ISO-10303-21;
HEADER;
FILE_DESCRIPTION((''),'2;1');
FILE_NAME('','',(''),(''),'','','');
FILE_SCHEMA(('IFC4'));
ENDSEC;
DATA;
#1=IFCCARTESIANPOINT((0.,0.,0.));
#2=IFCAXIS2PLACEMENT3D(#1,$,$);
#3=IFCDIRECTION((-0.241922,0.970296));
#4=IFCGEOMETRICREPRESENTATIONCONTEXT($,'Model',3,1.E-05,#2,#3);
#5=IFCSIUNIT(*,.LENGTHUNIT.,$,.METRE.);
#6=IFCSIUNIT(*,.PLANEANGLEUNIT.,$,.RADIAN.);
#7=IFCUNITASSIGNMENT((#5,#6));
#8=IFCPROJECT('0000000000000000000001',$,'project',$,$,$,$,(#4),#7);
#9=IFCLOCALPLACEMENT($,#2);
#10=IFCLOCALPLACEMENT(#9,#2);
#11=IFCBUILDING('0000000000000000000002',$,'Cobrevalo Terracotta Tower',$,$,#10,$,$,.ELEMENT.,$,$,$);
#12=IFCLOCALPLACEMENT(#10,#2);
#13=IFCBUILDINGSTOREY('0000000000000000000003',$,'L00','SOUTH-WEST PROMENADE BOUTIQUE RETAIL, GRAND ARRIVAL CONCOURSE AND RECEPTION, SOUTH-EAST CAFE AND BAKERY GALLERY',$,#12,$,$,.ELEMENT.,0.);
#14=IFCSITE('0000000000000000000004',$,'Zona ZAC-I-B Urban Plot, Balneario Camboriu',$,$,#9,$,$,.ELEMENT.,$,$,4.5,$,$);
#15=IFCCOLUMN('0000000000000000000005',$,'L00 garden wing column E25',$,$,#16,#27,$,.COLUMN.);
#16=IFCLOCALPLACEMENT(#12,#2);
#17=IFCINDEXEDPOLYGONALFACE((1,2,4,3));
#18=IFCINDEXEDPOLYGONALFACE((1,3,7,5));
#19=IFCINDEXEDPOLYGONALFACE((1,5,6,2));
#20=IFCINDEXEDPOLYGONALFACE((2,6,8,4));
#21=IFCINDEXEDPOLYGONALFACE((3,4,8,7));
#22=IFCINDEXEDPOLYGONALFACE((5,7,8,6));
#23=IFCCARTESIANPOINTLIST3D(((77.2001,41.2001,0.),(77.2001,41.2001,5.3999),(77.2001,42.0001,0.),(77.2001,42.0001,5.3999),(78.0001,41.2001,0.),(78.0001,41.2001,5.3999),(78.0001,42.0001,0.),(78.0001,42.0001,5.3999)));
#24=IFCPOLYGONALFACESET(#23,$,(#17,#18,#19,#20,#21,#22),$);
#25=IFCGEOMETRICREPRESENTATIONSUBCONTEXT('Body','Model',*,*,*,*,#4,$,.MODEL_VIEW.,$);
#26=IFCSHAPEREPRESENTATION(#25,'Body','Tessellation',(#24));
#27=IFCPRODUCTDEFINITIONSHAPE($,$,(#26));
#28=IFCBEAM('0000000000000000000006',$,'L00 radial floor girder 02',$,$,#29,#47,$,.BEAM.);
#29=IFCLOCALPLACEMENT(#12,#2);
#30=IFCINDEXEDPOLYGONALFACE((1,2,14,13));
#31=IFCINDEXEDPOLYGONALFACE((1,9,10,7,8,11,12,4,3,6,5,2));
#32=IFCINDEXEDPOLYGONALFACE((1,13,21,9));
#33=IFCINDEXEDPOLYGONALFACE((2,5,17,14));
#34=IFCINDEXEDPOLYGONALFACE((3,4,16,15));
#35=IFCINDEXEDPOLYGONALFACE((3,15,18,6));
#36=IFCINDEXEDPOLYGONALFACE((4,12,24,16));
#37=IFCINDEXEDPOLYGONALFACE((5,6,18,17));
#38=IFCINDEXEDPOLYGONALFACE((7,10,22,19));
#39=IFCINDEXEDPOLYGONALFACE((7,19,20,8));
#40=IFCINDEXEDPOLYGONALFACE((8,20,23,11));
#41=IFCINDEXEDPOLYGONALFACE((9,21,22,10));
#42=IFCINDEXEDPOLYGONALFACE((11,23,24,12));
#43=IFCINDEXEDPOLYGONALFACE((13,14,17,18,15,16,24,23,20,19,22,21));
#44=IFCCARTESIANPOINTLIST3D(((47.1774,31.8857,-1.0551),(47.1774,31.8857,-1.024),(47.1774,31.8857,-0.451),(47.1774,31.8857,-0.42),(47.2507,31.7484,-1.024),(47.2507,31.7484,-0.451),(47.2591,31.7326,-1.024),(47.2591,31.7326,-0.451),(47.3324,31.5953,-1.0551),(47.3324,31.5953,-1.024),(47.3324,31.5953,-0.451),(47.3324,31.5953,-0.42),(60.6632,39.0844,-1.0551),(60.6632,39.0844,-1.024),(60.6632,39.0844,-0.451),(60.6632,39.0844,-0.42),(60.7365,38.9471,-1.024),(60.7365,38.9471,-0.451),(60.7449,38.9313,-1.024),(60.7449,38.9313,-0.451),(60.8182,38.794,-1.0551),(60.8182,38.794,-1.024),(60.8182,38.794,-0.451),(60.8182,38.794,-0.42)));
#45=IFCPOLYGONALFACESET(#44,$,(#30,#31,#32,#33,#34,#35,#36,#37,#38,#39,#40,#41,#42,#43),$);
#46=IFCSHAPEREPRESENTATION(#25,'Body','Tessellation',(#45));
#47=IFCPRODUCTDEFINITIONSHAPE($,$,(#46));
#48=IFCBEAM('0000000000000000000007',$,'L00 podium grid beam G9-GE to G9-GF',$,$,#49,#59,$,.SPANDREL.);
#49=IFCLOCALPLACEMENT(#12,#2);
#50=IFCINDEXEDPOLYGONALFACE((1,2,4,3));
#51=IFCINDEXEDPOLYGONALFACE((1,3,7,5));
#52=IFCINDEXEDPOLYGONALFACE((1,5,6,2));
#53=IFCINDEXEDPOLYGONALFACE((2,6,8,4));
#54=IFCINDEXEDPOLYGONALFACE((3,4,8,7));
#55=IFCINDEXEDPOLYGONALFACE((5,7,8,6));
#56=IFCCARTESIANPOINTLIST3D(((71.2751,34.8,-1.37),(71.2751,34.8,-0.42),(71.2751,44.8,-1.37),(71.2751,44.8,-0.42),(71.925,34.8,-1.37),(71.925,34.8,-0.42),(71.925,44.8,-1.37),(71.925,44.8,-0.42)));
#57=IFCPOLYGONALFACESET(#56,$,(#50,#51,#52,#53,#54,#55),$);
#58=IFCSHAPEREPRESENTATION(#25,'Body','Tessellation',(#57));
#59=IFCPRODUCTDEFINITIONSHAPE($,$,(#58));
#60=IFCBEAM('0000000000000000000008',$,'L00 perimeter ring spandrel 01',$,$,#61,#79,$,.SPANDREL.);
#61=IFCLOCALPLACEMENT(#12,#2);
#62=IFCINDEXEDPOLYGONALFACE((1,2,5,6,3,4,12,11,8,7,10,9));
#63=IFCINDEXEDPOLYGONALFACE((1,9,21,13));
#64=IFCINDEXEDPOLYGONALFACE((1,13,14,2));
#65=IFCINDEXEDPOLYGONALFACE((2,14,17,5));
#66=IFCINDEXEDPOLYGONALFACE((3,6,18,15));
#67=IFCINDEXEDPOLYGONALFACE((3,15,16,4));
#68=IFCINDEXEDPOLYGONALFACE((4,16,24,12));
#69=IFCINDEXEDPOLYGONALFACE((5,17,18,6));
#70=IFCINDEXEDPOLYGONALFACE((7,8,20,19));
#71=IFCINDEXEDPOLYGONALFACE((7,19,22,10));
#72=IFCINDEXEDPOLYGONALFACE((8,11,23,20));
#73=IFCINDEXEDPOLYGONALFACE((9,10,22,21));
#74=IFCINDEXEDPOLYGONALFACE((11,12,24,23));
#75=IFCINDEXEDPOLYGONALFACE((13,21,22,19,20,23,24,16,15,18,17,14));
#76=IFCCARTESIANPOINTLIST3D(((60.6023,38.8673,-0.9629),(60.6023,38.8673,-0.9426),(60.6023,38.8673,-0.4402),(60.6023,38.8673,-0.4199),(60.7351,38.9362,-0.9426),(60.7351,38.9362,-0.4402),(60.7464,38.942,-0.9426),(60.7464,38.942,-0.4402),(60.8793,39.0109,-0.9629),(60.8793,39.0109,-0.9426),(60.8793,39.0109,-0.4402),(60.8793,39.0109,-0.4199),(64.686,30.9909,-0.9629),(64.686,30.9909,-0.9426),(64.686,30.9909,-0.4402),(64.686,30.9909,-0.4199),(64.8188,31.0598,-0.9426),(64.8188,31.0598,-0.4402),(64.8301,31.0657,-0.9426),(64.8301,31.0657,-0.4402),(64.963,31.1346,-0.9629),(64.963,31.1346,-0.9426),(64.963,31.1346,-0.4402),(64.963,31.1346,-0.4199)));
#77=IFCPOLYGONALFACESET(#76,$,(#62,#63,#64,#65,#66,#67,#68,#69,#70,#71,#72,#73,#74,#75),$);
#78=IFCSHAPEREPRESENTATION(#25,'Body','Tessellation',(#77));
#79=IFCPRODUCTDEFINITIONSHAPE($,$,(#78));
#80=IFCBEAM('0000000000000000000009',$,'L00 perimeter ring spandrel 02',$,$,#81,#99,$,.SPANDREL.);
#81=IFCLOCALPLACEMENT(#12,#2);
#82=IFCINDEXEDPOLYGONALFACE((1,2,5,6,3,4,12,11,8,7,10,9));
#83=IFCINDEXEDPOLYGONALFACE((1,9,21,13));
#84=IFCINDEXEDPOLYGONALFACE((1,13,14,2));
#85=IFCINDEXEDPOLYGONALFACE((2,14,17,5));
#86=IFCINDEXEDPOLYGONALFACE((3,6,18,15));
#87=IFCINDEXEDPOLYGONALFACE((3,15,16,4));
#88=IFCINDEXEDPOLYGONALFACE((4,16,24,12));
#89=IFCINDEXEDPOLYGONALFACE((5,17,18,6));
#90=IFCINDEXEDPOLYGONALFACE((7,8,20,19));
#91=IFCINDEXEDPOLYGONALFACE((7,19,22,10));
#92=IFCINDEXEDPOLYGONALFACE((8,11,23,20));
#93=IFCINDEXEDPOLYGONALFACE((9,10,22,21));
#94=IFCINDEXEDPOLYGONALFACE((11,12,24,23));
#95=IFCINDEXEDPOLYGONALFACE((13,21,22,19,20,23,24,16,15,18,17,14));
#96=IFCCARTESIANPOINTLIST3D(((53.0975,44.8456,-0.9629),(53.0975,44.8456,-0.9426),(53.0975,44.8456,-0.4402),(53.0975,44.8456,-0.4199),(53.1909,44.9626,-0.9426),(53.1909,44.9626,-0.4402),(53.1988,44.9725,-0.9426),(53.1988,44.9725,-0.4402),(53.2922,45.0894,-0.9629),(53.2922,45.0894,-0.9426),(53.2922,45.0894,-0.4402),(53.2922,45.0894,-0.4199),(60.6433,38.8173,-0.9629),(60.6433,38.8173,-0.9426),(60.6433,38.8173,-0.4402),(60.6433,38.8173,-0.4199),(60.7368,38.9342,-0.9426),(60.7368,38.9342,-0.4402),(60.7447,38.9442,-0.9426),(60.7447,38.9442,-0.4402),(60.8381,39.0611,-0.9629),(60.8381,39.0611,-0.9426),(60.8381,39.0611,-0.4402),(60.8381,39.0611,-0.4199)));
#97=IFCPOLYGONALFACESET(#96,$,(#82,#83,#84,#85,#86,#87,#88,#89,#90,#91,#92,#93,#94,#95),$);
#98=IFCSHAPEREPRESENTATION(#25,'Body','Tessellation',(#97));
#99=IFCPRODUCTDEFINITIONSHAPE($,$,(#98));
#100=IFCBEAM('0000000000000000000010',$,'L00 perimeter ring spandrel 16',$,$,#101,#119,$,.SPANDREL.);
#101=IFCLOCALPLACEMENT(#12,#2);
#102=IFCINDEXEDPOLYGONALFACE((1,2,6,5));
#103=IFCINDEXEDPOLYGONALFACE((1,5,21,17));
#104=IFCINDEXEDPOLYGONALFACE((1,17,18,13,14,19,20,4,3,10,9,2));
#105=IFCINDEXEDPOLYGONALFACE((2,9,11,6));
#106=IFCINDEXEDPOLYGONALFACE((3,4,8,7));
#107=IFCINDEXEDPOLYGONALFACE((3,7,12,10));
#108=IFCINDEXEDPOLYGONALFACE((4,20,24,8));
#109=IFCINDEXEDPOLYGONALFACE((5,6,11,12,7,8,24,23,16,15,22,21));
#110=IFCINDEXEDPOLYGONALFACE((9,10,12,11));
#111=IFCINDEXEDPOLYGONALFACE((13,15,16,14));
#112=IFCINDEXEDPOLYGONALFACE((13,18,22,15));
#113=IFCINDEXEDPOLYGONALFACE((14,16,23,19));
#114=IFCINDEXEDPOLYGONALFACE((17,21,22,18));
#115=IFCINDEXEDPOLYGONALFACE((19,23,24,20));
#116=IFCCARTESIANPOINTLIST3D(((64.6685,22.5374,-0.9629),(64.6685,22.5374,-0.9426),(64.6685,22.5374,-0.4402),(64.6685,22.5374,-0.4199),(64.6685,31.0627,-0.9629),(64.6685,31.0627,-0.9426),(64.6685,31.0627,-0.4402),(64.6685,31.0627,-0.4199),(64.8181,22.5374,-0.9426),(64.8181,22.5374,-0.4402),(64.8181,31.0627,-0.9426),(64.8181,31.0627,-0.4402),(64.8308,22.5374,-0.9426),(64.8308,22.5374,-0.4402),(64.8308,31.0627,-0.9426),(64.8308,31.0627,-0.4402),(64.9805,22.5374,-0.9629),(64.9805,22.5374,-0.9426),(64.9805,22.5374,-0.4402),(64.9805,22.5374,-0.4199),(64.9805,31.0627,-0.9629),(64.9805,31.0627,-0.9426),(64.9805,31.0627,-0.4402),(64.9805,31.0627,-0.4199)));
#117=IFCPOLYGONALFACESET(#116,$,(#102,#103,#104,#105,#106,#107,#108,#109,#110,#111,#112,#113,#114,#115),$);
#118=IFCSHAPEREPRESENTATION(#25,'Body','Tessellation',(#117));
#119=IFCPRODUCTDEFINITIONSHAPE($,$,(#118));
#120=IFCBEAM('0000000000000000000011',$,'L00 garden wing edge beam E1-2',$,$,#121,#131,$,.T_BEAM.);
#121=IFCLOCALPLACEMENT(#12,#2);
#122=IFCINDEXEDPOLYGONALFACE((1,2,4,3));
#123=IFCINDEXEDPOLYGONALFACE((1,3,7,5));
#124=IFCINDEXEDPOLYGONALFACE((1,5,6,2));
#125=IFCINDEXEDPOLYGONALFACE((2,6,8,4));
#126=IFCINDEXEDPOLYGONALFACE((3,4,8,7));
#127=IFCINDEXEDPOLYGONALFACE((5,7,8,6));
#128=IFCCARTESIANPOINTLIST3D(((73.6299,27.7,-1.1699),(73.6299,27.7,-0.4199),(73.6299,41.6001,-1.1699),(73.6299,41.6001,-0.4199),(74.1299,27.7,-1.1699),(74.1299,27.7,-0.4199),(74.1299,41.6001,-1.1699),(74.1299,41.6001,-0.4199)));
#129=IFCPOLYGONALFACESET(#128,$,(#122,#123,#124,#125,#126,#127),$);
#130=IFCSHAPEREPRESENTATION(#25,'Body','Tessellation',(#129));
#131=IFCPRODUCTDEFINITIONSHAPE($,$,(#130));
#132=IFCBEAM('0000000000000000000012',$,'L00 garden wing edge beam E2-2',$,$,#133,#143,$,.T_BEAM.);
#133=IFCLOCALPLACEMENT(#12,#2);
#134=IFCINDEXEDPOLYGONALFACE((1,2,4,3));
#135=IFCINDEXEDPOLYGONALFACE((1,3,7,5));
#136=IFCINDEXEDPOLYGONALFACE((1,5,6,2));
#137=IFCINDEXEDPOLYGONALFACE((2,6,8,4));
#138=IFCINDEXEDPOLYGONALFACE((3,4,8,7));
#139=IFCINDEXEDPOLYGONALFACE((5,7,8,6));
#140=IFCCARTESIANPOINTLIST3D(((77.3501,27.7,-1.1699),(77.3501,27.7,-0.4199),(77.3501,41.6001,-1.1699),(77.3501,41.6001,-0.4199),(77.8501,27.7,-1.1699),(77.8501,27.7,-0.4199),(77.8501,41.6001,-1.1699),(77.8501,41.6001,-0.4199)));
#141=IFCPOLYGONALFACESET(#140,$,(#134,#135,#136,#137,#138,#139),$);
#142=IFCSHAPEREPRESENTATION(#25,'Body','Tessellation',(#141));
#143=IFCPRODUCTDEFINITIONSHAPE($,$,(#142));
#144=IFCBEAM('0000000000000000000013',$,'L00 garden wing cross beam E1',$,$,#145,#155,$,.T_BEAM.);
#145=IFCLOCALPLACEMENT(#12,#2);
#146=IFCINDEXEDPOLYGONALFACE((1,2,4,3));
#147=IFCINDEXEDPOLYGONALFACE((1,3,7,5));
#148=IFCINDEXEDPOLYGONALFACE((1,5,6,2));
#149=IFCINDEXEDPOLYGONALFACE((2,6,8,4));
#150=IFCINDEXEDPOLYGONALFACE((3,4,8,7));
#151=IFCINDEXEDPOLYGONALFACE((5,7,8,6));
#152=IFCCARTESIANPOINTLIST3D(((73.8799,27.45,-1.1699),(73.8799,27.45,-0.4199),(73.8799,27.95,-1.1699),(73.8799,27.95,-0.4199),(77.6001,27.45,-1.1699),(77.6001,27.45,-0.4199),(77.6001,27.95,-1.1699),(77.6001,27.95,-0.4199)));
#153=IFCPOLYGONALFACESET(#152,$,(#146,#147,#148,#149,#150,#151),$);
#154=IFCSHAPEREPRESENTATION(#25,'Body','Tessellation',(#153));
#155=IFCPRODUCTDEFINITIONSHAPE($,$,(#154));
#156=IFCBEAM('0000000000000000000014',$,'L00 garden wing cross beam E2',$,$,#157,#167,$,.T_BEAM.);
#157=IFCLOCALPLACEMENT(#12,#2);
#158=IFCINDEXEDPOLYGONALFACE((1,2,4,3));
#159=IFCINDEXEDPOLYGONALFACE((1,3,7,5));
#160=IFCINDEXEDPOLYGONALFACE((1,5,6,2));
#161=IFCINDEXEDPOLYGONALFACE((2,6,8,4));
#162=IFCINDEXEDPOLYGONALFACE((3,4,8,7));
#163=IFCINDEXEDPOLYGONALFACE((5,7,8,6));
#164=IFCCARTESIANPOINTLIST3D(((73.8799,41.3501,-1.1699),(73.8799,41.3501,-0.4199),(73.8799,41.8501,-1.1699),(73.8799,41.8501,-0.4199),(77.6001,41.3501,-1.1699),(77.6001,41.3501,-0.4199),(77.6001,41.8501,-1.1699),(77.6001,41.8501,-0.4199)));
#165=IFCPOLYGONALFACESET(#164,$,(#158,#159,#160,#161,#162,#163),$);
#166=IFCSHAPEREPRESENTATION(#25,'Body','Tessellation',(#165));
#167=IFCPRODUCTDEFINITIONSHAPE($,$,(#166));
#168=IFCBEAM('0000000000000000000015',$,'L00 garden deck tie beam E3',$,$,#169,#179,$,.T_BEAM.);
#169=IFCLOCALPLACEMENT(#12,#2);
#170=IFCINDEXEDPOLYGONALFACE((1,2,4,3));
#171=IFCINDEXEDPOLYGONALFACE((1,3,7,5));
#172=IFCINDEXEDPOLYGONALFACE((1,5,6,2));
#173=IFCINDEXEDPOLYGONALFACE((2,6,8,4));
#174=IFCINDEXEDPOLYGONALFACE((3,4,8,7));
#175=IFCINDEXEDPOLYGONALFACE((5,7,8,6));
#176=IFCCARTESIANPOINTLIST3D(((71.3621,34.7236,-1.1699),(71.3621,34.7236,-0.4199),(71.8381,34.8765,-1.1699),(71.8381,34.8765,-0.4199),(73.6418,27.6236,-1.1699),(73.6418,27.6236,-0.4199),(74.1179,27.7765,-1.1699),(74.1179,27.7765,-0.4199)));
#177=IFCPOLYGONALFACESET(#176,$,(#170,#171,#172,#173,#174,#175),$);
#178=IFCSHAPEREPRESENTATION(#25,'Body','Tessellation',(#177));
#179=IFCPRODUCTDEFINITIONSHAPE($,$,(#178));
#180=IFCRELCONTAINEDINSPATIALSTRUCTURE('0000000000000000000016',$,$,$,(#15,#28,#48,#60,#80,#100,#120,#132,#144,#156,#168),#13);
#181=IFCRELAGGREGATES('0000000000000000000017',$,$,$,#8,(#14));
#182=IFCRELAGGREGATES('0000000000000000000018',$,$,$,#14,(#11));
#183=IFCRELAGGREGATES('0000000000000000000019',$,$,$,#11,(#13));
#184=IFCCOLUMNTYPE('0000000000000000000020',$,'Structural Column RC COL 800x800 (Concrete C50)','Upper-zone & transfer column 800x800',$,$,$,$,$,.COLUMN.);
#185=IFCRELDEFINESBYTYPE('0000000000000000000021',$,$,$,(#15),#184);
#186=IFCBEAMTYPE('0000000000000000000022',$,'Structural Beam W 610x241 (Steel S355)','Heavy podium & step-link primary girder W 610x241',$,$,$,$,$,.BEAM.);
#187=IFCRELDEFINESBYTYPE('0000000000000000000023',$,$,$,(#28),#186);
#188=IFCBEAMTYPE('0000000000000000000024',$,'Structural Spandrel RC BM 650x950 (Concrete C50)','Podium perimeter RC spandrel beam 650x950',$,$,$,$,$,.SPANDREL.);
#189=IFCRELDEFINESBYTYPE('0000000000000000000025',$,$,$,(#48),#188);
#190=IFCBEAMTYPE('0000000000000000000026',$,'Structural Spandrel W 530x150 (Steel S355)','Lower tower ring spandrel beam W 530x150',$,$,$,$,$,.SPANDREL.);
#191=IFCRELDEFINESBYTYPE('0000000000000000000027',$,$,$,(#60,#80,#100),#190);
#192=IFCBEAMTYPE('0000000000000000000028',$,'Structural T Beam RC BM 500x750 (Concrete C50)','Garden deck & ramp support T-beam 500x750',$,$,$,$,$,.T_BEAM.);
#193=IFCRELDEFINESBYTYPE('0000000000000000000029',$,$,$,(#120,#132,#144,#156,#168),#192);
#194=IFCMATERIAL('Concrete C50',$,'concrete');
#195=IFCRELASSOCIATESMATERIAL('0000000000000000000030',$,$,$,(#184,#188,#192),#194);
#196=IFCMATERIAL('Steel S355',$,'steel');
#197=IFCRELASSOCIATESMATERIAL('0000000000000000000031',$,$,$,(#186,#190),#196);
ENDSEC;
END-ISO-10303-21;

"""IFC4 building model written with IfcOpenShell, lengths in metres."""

from ifc_helpers import new_model, si_unit, direction, frame, origin, origin_2d, place, context, subcontext, project, spatial, rectangle, i_section, extrude, material, material_profile, profile_set, type_object, element, save


model = new_model("IFC4")

# Units and contexts
model_context = context("Model", 3, precision=1e-05, world=origin(), true_north=direction((-0.241922, 0.970296)))
body_context = subcontext(model_context, "Body", "Model", "MODEL_VIEW")
ifc_project = project(units=[si_unit("LENGTHUNIT", "METRE"), si_unit("PLANEANGLEUNIT", "RADIAN")], contexts=[model_context])

# Site, building, storey
site_placement = place(None, origin())
site = spatial("IfcSite", under=ifc_project, at=site_placement, Name="Zona ZAC-I-B Urban Plot, Balneario Camboriu", CompositionType="ELEMENT", RefElevation=4.5)
building_placement = place(site_placement, origin())
building = spatial("IfcBuilding", under=site, at=building_placement, Name="Cobrevalo Terracotta Tower", CompositionType="ELEMENT")
storey_placement = place(building_placement, origin())
storey = spatial("IfcBuildingStorey", under=building, at=storey_placement, Name="L00", Description="SOUTH-WEST PROMENADE BOUTIQUE RETAIL, GRAND ARRIVAL CONCOURSE AND RECEPTION, SOUTH-EAST CAFE AND BAKERY GALLERY", CompositionType="ELEMENT", Elevation=0.0)

# Column
ifc_material_1 = material(Name="Steel S355", Category="steel")
ifc_material_2 = material(Name="Concrete C50", Category="concrete")
ifc_material_profile_1 = material_profile(ifc_material_2, rectangle(XDim=0.8, YDim=0.8, at=origin_2d()), Name="RC COL 800x800")
ifc_profile_set_1 = profile_set([ifc_material_profile_1], Name="Concrete C50")
column_type_1 = type_object("IfcColumnType", Name="Structural Column RC COL 800x800 (Concrete C50)", Description="Upper-zone & transfer column 800x800", PredefinedType="COLUMN", material=ifc_profile_set_1)
for number, where, z_axis, x_axis, name in (
    (1, (77.6001, 41.6001, 0.0), (0.0, 0.0, 1.0), (1.0, 0.0, 0.0), "L00 garden wing column E25"),
):
    element("IfcColumn", number, at=place(storey_placement, frame(where, z_axis=z_axis, x_axis=x_axis)), inside=storey, type_object=column_type_1, Name=name, PredefinedType="COLUMN", context=body_context, shape_type="SweptSolid", body=[
        extrude(rectangle(XDim=0.8, YDim=0.8, at=origin_2d()), origin(), (0.0, 0.0, 1.0), 5.3999),
    ])

# Beams
ifc_material_profile_2 = material_profile(ifc_material_1, i_section(OverallWidth=0.3291, OverallDepth=0.635, WebThickness=0.0178, FlangeThickness=0.031, at=origin_2d()), Name="W 610x241")
ifc_profile_set_2 = profile_set([ifc_material_profile_2], Name="Steel S355")
beam_type_1 = type_object("IfcBeamType", Name="Structural Beam W 610x241 (Steel S355)", Description="Heavy podium & step-link primary girder W 610x241", PredefinedType="BEAM", material=ifc_profile_set_2)
beam_1_placement = place(storey_placement, frame((60.7407, 38.9392, -0.7375), z_axis=(-0.882182, -0.470908, 0.0), x_axis=(0.470908, -0.882182, 0.0)))
element("IfcBeam", 2, at=beam_1_placement, inside=storey, type_object=beam_type_1, Name="L00 radial floor girder 02", PredefinedType="BEAM", context=body_context, shape_type="SweptSolid", body=[
    extrude(i_section(OverallWidth=0.3291, OverallDepth=0.635, WebThickness=0.0178, FlangeThickness=0.031, at=origin_2d()), origin(), (0.0, 0.0, 1.0), 15.2869),
])
ifc_material_profile_3 = material_profile(ifc_material_2, rectangle(XDim=0.6499, YDim=0.95, at=origin_2d()), Name="RC BM 650x950")
ifc_profile_set_3 = profile_set([ifc_material_profile_3], Name="Concrete C50")
beam_type_2 = type_object("IfcBeamType", Name="Structural Spandrel RC BM 650x950 (Concrete C50)", Description="Podium perimeter RC spandrel beam 650x950", PredefinedType="SPANDREL", material=ifc_profile_set_3)
beam_2_placement = place(storey_placement, frame((71.6001, 34.8, -0.895), z_axis=(0.0, 1.0, 0.0), x_axis=(-1.0, 0.0, 0.0)))
element("IfcBeam", 3, at=beam_2_placement, inside=storey, type_object=beam_type_2, Name="L00 podium grid beam G9-GE to G9-GF", PredefinedType="SPANDREL", context=body_context, shape_type="SweptSolid", body=[
    extrude(rectangle(XDim=0.6499, YDim=0.95, at=origin_2d()), origin(), (0.0, 0.0, 1.0), 10.0),
])
ifc_material_profile_4 = material_profile(ifc_material_1, i_section(OverallWidth=0.312, OverallDepth=0.543, WebThickness=0.0127, FlangeThickness=0.0203, at=origin_2d()), Name="W 530x150")
ifc_profile_set_4 = profile_set([ifc_material_profile_4], Name="Steel S355")
beam_type_3 = type_object("IfcBeamType", Name="Structural Spandrel W 530x150 (Steel S355)", Description="Lower tower ring spandrel beam W 530x150", PredefinedType="SPANDREL", material=ifc_profile_set_4)
beam_3_placement = place(storey_placement, frame((64.8245, 31.0627, -0.6914), z_axis=(-0.460286, 0.887771, 0.0), x_axis=(-0.887771, -0.460286, 0.0)))
element("IfcBeam", 4, at=beam_3_placement, inside=storey, type_object=beam_type_3, Name="L00 perimeter ring spandrel 01", PredefinedType="SPANDREL", context=body_context, shape_type="SweptSolid", body=[
    extrude(i_section(OverallWidth=0.312, OverallDepth=0.543, WebThickness=0.0127, FlangeThickness=0.0203, at=origin_2d()), origin(), (0.0, 0.0, 1.0), 8.8721),
])
beam_4_placement = place(storey_placement, frame((60.7407, 38.9392, -0.6914), z_axis=(-0.781293, 0.624165, 0.0), x_axis=(-0.624165, -0.781293, 0.0)))
element("IfcBeam", 5, at=beam_4_placement, inside=storey, type_object=beam_type_3, Name="L00 perimeter ring spandrel 02", PredefinedType="SPANDREL", context=body_context, shape_type="SweptSolid", body=[
    extrude(i_section(OverallWidth=0.312, OverallDepth=0.543, WebThickness=0.0127, FlangeThickness=0.0203, at=origin_2d()), origin(), (0.0, 0.0, 1.0), 9.6582),
])
beam_5_placement = place(storey_placement, frame((64.8245, 22.5374, -0.6914), z_axis=(0.0, 1.0, 0.0), x_axis=(-1.0, 0.0, 0.0)))
element("IfcBeam", 6, at=beam_5_placement, inside=storey, type_object=beam_type_3, Name="L00 perimeter ring spandrel 16", PredefinedType="SPANDREL", context=body_context, shape_type="SweptSolid", body=[
    extrude(i_section(OverallWidth=0.312, OverallDepth=0.543, WebThickness=0.0127, FlangeThickness=0.0203, at=origin_2d()), origin(), (0.0, 0.0, 1.0), 8.5254),
])
ifc_material_profile_5 = material_profile(ifc_material_2, rectangle(XDim=0.5, YDim=0.75, at=origin_2d()), Name="RC BM 500x750")
ifc_profile_set_5 = profile_set([ifc_material_profile_5], Name="Concrete C50")
beam_type_4 = type_object("IfcBeamType", Name="Structural T Beam RC BM 500x750 (Concrete C50)", Description="Garden deck & ramp support T-beam 500x750", PredefinedType="T_BEAM", material=ifc_profile_set_5)
for number, where, z_axis, x_axis, name in (
    (7, (73.8799, 27.7, -0.7949), (0.0, 1.0, 0.0), (-1.0, 0.0, 0.0), "L00 garden wing edge beam E1-2"),
    (8, (77.6001, 27.7, -0.7949), (0.0, 1.0, 0.0), (-1.0, 0.0, 0.0), "L00 garden wing edge beam E2-2"),
):
    element("IfcBeam", number, at=place(storey_placement, frame(where, z_axis=z_axis, x_axis=x_axis)), inside=storey, type_object=beam_type_4, Name=name, PredefinedType="T_BEAM", context=body_context, shape_type="SweptSolid", body=[
        extrude(rectangle(XDim=0.5, YDim=0.75, at=origin_2d()), origin(), (0.0, 0.0, 1.0), 13.9001),
    ])
for number, where, z_axis, x_axis, name in (
    (9, (73.8799, 27.7, -0.7949), (1.0, 0.0, 0.0), (0.0, 1.0, 0.0), "L00 garden wing cross beam E1"),
    (10, (73.8799, 41.6001, -0.7949), (1.0, 0.0, 0.0), (0.0, 1.0, 0.0), "L00 garden wing cross beam E2"),
):
    element("IfcBeam", number, at=place(storey_placement, frame(where, z_axis=z_axis, x_axis=x_axis)), inside=storey, type_object=beam_type_4, Name=name, PredefinedType="T_BEAM", context=body_context, shape_type="SweptSolid", body=[
        extrude(rectangle(XDim=0.5, YDim=0.75, at=origin_2d()), origin(), (0.0, 0.0, 1.0), 3.7202),
    ])
beam_6_placement = place(storey_placement, frame((71.6001, 34.8, -0.7949), z_axis=(0.305719, -0.952122, 0.0), x_axis=(0.952122, 0.305719, 0.0)))
element("IfcBeam", 11, at=beam_6_placement, inside=storey, type_object=beam_type_4, Name="L00 garden deck tie beam E3", PredefinedType="T_BEAM", context=body_context, shape_type="SweptSolid", body=[
    extrude(rectangle(XDim=0.5, YDim=0.75, at=origin_2d()), origin(), (0.0, 0.0, 1.0), 7.457),
])

save(model, "model.ifc")
